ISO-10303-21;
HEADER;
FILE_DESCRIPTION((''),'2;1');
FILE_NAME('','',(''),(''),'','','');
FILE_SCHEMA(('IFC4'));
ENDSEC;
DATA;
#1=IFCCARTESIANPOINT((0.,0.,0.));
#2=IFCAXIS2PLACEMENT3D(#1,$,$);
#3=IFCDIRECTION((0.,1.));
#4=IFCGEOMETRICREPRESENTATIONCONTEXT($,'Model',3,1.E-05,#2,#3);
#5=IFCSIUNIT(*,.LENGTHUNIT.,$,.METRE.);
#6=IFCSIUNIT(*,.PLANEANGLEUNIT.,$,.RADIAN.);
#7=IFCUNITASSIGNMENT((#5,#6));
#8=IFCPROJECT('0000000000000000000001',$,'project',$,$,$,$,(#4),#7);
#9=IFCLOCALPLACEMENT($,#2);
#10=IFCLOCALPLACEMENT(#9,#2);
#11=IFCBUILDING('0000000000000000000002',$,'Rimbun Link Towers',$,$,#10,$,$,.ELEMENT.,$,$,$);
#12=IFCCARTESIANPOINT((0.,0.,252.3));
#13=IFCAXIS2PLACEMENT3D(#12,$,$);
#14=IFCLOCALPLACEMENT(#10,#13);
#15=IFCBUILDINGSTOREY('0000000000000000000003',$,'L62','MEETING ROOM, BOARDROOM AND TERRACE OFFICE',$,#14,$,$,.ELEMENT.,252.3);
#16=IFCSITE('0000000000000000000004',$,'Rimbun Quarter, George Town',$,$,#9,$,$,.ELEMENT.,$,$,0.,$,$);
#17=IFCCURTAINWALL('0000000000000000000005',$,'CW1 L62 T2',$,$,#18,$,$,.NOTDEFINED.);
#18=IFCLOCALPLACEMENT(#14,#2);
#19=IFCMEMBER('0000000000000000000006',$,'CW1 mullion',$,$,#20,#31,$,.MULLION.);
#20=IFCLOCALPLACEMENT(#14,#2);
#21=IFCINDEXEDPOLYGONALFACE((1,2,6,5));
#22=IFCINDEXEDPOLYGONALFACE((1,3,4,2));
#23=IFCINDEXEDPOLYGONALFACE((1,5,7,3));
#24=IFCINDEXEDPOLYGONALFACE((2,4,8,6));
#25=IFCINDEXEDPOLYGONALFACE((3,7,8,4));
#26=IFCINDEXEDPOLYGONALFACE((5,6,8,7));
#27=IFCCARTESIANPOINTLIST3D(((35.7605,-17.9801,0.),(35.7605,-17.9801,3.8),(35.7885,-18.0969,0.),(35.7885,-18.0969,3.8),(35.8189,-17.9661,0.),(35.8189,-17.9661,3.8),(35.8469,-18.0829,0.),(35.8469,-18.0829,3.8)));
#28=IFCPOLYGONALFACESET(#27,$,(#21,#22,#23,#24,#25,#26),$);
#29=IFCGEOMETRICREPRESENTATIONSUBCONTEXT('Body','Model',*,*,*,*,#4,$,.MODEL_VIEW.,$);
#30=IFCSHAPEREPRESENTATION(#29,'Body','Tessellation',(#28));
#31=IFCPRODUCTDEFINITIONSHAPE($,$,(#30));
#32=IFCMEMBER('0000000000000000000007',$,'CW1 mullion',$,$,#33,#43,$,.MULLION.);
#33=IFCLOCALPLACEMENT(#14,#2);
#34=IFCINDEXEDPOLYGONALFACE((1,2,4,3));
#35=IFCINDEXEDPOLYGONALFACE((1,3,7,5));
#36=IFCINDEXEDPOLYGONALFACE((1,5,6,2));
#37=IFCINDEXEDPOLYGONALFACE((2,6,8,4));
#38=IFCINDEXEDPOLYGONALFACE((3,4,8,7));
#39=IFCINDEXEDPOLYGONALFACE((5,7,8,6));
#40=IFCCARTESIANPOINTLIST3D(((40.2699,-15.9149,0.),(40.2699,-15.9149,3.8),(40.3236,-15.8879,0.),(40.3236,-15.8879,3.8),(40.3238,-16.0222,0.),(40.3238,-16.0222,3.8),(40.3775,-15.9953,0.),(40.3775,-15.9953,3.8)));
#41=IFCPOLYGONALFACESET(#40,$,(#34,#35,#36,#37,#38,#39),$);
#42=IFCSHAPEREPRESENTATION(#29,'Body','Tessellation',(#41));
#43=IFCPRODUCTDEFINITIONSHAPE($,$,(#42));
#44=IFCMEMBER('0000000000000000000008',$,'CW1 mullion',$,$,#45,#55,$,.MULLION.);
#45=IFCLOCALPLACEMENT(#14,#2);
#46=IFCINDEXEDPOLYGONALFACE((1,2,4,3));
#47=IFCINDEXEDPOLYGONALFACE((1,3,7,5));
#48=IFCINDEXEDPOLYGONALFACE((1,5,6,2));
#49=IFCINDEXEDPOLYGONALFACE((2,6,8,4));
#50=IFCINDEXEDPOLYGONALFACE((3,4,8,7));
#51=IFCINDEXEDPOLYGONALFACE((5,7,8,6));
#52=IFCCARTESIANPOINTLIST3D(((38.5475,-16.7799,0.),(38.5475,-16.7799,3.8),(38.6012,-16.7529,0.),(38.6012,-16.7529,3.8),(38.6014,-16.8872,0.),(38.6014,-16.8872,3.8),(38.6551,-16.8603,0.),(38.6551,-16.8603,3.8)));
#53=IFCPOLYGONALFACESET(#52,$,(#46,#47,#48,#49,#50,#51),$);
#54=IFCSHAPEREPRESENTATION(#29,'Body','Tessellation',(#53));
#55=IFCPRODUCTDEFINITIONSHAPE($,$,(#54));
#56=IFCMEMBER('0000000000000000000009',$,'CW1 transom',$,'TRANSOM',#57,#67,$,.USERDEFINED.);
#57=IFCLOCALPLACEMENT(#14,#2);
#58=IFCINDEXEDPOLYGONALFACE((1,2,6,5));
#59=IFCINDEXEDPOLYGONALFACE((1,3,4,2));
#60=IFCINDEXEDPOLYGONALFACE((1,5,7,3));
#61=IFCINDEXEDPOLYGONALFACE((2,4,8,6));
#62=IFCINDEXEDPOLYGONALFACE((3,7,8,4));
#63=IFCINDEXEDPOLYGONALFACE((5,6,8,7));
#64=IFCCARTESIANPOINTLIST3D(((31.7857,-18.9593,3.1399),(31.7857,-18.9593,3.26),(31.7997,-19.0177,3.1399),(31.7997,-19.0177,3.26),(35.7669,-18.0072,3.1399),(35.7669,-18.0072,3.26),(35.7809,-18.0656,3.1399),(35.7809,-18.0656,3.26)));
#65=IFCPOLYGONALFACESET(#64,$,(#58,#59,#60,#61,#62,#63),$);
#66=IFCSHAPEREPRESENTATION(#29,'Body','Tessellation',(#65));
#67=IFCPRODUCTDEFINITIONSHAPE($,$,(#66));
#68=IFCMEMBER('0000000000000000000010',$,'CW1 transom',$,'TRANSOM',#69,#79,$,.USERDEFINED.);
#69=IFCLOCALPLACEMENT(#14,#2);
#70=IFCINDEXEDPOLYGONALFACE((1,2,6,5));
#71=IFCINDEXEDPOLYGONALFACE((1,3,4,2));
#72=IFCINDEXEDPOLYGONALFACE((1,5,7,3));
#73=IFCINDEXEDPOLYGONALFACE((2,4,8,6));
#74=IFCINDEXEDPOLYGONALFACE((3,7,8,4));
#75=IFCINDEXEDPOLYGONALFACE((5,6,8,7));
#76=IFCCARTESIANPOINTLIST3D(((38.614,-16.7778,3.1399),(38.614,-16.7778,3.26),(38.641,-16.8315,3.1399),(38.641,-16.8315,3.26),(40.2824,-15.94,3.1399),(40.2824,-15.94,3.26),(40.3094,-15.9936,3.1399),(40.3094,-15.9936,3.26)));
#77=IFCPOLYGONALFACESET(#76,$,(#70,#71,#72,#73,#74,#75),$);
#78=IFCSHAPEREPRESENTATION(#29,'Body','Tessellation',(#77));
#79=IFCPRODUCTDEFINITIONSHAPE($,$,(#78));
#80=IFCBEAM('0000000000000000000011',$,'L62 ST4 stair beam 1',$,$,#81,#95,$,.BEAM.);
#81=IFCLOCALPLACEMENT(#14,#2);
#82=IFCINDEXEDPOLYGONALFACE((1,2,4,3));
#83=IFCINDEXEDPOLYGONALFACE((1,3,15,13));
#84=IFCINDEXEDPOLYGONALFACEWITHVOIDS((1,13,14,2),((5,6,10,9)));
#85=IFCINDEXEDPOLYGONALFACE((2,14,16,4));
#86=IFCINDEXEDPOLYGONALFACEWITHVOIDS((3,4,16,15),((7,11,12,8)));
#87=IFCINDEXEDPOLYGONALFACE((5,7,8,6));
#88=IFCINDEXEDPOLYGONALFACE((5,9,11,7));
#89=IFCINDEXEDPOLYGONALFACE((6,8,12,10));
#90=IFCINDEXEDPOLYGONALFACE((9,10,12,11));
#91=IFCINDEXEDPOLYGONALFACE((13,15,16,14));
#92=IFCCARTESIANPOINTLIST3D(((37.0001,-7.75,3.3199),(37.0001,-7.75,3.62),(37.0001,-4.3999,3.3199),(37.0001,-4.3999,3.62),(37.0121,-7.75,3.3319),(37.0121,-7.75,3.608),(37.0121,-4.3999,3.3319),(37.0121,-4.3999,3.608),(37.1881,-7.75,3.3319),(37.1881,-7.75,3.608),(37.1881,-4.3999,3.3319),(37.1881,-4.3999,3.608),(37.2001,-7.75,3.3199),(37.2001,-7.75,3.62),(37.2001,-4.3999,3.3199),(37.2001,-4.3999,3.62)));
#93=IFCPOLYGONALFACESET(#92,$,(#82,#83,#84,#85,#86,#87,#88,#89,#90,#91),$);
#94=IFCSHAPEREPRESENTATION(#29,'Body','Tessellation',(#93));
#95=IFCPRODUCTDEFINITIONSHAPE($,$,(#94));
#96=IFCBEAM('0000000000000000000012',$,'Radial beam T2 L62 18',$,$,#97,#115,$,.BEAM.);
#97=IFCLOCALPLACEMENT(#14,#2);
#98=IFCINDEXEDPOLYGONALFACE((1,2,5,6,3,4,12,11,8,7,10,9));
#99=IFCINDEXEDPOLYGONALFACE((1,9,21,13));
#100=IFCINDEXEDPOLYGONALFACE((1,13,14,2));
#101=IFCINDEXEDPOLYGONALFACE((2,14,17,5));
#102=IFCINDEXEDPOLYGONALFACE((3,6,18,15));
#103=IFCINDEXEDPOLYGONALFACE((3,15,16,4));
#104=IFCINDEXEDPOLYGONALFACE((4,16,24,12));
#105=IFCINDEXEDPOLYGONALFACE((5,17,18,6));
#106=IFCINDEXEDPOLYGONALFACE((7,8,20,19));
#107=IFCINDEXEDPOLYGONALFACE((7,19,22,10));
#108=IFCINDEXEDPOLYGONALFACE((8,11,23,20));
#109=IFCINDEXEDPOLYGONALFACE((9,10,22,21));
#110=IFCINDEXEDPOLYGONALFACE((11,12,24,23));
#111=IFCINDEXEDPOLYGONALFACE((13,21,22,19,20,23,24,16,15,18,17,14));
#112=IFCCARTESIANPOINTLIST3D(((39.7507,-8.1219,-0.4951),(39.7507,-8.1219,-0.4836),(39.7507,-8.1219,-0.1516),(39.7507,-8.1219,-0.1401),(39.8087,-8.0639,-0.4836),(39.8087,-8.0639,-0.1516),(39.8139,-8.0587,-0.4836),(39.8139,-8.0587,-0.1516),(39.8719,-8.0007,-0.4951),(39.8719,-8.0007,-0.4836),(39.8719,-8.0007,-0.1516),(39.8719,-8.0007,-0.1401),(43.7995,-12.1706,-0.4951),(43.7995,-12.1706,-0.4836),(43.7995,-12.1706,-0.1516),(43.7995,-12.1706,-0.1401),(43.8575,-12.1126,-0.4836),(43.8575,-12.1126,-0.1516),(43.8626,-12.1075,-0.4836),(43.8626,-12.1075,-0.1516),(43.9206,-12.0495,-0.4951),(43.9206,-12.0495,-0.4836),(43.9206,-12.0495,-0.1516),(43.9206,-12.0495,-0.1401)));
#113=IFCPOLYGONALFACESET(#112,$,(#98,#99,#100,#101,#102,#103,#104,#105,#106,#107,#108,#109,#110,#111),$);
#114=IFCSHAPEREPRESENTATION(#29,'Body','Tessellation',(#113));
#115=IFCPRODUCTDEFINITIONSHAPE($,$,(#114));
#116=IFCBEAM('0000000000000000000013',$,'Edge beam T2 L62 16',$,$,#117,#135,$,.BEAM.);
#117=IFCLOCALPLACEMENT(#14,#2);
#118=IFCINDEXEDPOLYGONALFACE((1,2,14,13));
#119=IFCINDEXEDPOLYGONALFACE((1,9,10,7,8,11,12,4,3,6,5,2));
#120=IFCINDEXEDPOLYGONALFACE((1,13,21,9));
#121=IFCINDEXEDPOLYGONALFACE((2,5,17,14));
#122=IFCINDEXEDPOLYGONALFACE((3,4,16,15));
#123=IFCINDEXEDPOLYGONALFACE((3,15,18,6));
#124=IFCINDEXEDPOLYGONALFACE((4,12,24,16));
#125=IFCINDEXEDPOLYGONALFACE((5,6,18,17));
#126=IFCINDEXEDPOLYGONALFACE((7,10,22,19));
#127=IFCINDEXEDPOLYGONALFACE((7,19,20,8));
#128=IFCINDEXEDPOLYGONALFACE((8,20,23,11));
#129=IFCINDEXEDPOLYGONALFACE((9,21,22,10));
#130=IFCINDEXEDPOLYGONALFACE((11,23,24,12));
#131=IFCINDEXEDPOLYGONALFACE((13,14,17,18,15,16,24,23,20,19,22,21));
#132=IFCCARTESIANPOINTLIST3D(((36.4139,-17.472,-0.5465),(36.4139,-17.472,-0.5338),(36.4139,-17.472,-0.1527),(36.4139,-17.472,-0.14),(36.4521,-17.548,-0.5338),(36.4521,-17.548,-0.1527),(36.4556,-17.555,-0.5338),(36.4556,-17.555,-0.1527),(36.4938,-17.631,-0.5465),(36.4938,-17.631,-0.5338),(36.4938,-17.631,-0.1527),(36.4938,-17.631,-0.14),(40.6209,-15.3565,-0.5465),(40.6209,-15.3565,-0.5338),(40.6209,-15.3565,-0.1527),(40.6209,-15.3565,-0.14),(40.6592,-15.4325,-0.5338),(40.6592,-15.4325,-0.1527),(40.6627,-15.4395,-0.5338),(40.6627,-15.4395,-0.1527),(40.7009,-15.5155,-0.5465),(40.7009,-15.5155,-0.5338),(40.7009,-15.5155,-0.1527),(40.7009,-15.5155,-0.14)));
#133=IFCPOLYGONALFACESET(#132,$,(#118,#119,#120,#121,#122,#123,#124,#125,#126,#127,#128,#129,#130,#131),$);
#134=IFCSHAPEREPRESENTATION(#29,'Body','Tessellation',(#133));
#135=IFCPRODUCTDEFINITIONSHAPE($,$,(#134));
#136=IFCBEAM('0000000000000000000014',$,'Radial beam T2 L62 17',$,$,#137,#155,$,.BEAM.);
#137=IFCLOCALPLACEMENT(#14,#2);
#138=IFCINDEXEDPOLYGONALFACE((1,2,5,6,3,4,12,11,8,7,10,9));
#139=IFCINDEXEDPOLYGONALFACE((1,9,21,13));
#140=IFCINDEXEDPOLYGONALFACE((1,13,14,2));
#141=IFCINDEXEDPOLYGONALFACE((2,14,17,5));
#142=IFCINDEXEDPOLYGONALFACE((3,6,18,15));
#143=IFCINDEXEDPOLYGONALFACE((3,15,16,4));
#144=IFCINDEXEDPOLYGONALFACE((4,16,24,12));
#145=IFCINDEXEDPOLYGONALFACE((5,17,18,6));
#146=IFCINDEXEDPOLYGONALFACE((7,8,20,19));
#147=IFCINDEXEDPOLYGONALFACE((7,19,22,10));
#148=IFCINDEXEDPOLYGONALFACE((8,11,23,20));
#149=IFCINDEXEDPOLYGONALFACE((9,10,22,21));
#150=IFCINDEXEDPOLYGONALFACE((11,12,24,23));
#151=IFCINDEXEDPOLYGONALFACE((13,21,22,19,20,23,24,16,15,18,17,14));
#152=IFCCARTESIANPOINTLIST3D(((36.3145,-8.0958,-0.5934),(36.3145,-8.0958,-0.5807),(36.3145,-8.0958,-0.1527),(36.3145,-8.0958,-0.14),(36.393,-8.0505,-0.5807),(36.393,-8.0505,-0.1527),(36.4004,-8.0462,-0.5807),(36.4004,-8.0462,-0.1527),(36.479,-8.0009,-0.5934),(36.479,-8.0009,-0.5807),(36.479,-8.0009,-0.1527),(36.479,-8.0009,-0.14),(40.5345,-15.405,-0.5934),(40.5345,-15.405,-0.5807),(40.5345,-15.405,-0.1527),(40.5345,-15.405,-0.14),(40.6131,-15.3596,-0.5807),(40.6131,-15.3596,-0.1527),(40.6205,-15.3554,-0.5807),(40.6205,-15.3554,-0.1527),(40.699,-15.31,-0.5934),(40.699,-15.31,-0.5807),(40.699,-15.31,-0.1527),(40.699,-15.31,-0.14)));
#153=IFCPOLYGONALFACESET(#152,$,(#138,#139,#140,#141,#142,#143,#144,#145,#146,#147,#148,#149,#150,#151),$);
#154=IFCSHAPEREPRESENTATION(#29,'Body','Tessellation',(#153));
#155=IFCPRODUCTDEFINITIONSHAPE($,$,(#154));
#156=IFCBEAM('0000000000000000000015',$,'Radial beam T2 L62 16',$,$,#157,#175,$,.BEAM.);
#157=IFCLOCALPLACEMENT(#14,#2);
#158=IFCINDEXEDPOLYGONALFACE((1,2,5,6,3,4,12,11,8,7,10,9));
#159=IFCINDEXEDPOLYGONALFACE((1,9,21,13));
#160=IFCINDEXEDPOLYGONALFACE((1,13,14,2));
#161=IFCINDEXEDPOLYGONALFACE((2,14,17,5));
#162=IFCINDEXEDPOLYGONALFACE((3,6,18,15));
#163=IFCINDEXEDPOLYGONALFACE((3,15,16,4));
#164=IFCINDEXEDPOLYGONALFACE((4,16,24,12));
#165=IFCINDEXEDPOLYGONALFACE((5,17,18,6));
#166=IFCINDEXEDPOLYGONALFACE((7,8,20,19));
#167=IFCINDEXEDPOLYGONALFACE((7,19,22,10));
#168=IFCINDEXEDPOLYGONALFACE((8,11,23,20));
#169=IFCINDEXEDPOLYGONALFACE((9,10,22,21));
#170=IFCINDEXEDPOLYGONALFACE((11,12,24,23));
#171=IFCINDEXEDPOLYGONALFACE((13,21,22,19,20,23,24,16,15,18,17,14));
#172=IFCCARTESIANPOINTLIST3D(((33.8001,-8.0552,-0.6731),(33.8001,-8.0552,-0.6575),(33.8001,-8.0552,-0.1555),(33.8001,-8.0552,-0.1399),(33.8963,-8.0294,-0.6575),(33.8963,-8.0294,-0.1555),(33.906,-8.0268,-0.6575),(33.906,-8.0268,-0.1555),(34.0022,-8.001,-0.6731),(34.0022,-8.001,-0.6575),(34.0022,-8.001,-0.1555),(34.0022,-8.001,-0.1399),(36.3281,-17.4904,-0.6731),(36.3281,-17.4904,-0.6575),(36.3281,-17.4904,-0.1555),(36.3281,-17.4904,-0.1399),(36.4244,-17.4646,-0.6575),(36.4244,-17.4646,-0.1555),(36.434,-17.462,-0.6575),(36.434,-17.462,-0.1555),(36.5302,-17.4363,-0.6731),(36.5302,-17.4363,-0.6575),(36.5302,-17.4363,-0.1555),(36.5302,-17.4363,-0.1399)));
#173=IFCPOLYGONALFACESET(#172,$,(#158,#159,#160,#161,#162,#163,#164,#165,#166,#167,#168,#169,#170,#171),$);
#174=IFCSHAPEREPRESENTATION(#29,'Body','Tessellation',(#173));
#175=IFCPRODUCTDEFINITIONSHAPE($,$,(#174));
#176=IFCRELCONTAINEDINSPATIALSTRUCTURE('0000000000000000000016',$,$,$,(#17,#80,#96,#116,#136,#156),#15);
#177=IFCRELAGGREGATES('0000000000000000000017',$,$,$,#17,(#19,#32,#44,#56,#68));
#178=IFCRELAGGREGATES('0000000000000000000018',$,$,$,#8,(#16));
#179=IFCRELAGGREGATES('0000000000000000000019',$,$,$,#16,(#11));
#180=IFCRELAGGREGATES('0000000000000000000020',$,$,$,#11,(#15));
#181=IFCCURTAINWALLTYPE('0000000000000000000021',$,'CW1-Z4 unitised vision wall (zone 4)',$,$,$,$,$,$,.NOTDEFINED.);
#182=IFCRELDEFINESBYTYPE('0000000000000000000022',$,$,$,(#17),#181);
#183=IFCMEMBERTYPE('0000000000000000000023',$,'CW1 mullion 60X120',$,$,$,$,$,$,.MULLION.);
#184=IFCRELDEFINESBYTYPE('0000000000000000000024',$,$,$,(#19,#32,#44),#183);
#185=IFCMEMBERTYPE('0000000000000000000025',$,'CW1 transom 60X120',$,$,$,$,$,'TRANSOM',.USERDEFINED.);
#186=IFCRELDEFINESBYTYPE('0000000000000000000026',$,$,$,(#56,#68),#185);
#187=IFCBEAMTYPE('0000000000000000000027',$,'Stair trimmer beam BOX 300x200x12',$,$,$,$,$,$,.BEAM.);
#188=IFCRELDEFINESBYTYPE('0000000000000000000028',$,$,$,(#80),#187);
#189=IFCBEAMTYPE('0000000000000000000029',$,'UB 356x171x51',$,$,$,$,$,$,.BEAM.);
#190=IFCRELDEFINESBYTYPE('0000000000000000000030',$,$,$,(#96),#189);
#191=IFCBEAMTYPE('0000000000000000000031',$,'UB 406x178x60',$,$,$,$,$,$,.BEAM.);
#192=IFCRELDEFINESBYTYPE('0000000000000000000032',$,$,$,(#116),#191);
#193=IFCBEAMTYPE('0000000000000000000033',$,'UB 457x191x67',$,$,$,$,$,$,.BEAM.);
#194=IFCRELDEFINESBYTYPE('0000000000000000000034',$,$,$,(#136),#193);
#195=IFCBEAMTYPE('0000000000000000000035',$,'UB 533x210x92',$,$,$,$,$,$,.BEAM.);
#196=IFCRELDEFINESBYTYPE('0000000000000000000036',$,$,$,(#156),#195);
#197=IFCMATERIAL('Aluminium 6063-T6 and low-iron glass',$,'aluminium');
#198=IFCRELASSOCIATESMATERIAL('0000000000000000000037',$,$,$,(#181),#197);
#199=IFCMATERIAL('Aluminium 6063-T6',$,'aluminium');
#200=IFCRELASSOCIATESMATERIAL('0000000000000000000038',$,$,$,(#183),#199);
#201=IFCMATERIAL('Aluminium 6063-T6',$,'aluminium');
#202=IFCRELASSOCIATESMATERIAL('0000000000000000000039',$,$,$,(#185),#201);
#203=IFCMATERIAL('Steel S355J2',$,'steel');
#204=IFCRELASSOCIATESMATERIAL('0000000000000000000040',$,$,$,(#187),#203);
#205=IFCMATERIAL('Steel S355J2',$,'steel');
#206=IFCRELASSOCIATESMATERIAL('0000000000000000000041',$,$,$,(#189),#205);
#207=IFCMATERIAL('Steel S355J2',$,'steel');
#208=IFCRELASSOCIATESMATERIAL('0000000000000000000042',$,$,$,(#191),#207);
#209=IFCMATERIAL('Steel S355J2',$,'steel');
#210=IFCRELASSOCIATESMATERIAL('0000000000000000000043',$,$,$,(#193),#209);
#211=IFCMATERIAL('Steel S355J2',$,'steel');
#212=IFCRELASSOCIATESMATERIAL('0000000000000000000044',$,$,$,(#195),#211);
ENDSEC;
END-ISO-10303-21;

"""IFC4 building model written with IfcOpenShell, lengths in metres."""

from ifc_helpers import new_model, si_unit, direction, frame, origin, origin_2d, place, context, subcontext, project, spatial, rectangle, hollow_rectangle, i_section, extrude, material, material_profile, profile_set, type_object, element, aggregate, save


model = new_model("IFC4")

# Units and contexts
model_context = context("Model", 3, precision=1e-05, world=origin(), true_north=direction((0.0, 1.0)))
body_context = subcontext(model_context, "Body", "Model", "MODEL_VIEW")
ifc_project = project(units=[si_unit("LENGTHUNIT", "METRE"), si_unit("PLANEANGLEUNIT", "RADIAN")], contexts=[model_context])

# Site, building, storey
site_placement = place(None, origin())
site = spatial("IfcSite", under=ifc_project, at=site_placement, Name="Rimbun Quarter, George Town", CompositionType="ELEMENT", RefElevation=0.0)
building_placement = place(site_placement, origin())
building = spatial("IfcBuilding", under=site, at=building_placement, Name="Rimbun Link Towers", CompositionType="ELEMENT")
storey_placement = place(building_placement, frame((0.0, 0.0, 252.3)))
storey = spatial("IfcBuildingStorey", under=building, at=storey_placement, Name="L62", Description="MEETING ROOM, BOARDROOM AND TERRACE OFFICE", CompositionType="ELEMENT", Elevation=252.3)

# Curtain wall, members
ifc_material_1 = material(Name="Aluminium 6063-T6 and low-iron glass", Category="aluminium")
curtain_wall_type = type_object("IfcCurtainWallType", Name="CW1-Z4 unitised vision wall (zone 4)", PredefinedType="NOTDEFINED", material=ifc_material_1)
curtain_wall_placement = place(storey_placement, origin())
curtain_wall = element("IfcCurtainWall", 1, at=curtain_wall_placement, inside=storey, type_object=curtain_wall_type, Name="CW1 L62 T2", PredefinedType="NOTDEFINED")
ifc_material_2 = material(Name="Aluminium 6063-T6", Category="aluminium")
ifc_material_profile_1 = material_profile(ifc_material_2, rectangle(XDim=0.1201, YDim=0.0601, at=origin_2d()), Name="MULLION 60X120")
ifc_profile_set_1 = profile_set([ifc_material_profile_1], Name="Aluminium 6063-T6")
member_type_1 = type_object("IfcMemberType", Name="CW1 mullion 60X120", PredefinedType="MULLION", material=ifc_profile_set_1)
member_1_placement = place(storey_placement, frame((35.8037, -18.0315, 0.0), z_axis=(0.0, 0.0, 1.0), x_axis=(0.232605, -0.972571, 0.0)))
member_1 = element("IfcMember", 2, at=member_1_placement, type_object=member_type_1, Name="CW1 mullion", PredefinedType="MULLION", context=body_context, shape_type="SweptSolid", body=[
    extrude(rectangle(XDim=0.1201, YDim=0.0601, at=origin_2d()), origin(), (0.0, 0.0, 1.0), 3.8),
])
member_2_placement = place(storey_placement, frame((40.3237, -15.9551, 0.0), z_axis=(0.0, 0.0, 1.0), x_axis=(0.44877, -0.893647, 0.0)))
member_2 = element("IfcMember", 3, at=member_2_placement, type_object=member_type_1, Name="CW1 mullion", PredefinedType="MULLION", context=body_context, shape_type="SweptSolid", body=[
    extrude(rectangle(XDim=0.1201, YDim=0.0601, at=origin_2d()), origin(), (0.0, 0.0, 1.0), 3.8),
])
member_3_placement = place(storey_placement, frame((38.6013, -16.8201, 0.0), z_axis=(0.0, 0.0, 1.0), x_axis=(0.44877, -0.893647, 0.0)))
member_3 = element("IfcMember", 4, at=member_3_placement, type_object=member_type_1, Name="CW1 mullion", PredefinedType="MULLION", context=body_context, shape_type="SweptSolid", body=[
    extrude(rectangle(XDim=0.1201, YDim=0.0601, at=origin_2d()), origin(), (0.0, 0.0, 1.0), 3.8),
])
ifc_material_3 = material(Name="Aluminium 6063-T6", Category="aluminium")
ifc_material_profile_2 = material_profile(ifc_material_3, rectangle(XDim=0.0601, YDim=0.1201, at=origin_2d()), Name="TRANSOM 60X120")
ifc_profile_set_2 = profile_set([ifc_material_profile_2], Name="Aluminium 6063-T6")
member_type_2 = type_object("IfcMemberType", Name="CW1 transom 60X120", ElementType="TRANSOM", PredefinedType="USERDEFINED", material=ifc_profile_set_2)
member_4_placement = place(storey_placement, frame((35.7739, -18.0364, 3.2), z_axis=(-0.972572, -0.232601, 0.0), x_axis=(0.232601, -0.972572, 0.0)))
member_4 = element("IfcMember", 5, at=member_4_placement, type_object=member_type_2, Name="CW1 transom", ObjectType="TRANSOM", PredefinedType="USERDEFINED", context=body_context, shape_type="SweptSolid", body=[
    extrude(rectangle(XDim=0.0601, YDim=0.1201, at=origin_2d()), origin(), (0.0, 0.0, 1.0), 4.0935),
])
member_5_placement = place(storey_placement, frame((40.2959, -15.9668, 3.2), z_axis=(-0.893641, -0.448782, 0.0), x_axis=(0.448782, -0.893641, 0.0)))
member_5 = element("IfcMember", 6, at=member_5_placement, type_object=member_type_2, Name="CW1 transom", ObjectType="TRANSOM", PredefinedType="USERDEFINED", context=body_context, shape_type="SweptSolid", body=[
    extrude(rectangle(XDim=0.0601, YDim=0.1201, at=origin_2d()), origin(), (0.0, 0.0, 1.0), 1.8669),
])

# Beams
ifc_material_4 = material(Name="Steel S355J2", Category="steel")
ifc_material_profile_3 = material_profile(ifc_material_4, hollow_rectangle(XDim=0.2, YDim=0.3, WallThickness=0.012, at=origin_2d()), Name="BOX 300x200x12")
ifc_profile_set_3 = profile_set([ifc_material_profile_3], Name="Steel S355J2")
beam_type_1 = type_object("IfcBeamType", Name="Stair trimmer beam BOX 300x200x12", PredefinedType="BEAM", material=ifc_profile_set_3)
beam_1_placement = place(storey_placement, frame((37.1001, -7.75, 3.47), z_axis=(0.0, 1.0, 0.0), x_axis=(-1.0, 0.0, 0.0)))
element("IfcBeam", 7, at=beam_1_placement, inside=storey, type_object=beam_type_1, Name="L62 ST4 stair beam 1", PredefinedType="BEAM", context=body_context, shape_type="SweptSolid", body=[
    extrude(hollow_rectangle(XDim=0.2, YDim=0.3, WallThickness=0.012, at=origin_2d()), origin(), (0.0, 0.0, 1.0), 3.3501),
])
ifc_material_5 = material(Name="Steel S355J2", Category="steel")
ifc_material_profile_4 = material_profile(ifc_material_5, i_section(OverallWidth=0.1714, OverallDepth=0.355, WebThickness=0.0073, FlangeThickness=0.0115, at=origin_2d()), Name="UB 356x171x51")
ifc_profile_set_4 = profile_set([ifc_material_profile_4], Name="Steel S355J2")
beam_type_2 = type_object("IfcBeamType", Name="UB 356x171x51", PredefinedType="BEAM", material=ifc_profile_set_4)
beam_2_placement = place(storey_placement, frame((39.8113, -8.0613, -0.3176), z_axis=(0.707107, -0.707107, 0.0), x_axis=(0.707107, 0.707107, 0.0)))
element("IfcBeam", 8, at=beam_2_placement, inside=storey, type_object=beam_type_2, Name="Radial beam T2 L62 18", PredefinedType="BEAM", context=body_context, shape_type="SweptSolid", body=[
    extrude(i_section(OverallWidth=0.1714, OverallDepth=0.355, WebThickness=0.0073, FlangeThickness=0.0115, at=origin_2d()), origin(), (0.0, 0.0, 1.0), 5.7258),
])
ifc_material_6 = material(Name="Steel S355J2", Category="steel")
ifc_material_profile_5 = material_profile(ifc_material_6, i_section(OverallWidth=0.178, OverallDepth=0.4065, WebThickness=0.0078, FlangeThickness=0.0127, at=origin_2d()), Name="UB 406x178x60")
ifc_profile_set_5 = profile_set([ifc_material_profile_5], Name="Steel S355J2")
beam_type_3 = type_object("IfcBeamType", Name="UB 406x178x60", PredefinedType="BEAM", material=ifc_profile_set_5)
beam_3_placement = place(storey_placement, frame((36.4539, -17.5515, -0.3433), z_axis=(0.893409, 0.449245, 0.0), x_axis=(-0.449245, 0.893409, 0.0)))
element("IfcBeam", 9, at=beam_3_placement, inside=storey, type_object=beam_type_3, Name="Edge beam T2 L62 16", PredefinedType="BEAM", context=body_context, shape_type="SweptSolid", body=[
    extrude(i_section(OverallWidth=0.178, OverallDepth=0.4065, WebThickness=0.0078, FlangeThickness=0.0127, at=origin_2d()), origin(), (0.0, 0.0, 1.0), 4.709),
])
ifc_material_7 = material(Name="Steel S355J2", Category="steel")
ifc_material_profile_6 = material_profile(ifc_material_7, i_section(OverallWidth=0.1899, OverallDepth=0.4534, WebThickness=0.0085, FlangeThickness=0.0127, at=origin_2d()), Name="UB 457x191x67")
ifc_profile_set_6 = profile_set([ifc_material_profile_6], Name="Steel S355J2")
beam_type_4 = type_object("IfcBeamType", Name="UB 457x191x67", PredefinedType="BEAM", material=ifc_profile_set_6)
beam_4_placement = place(storey_placement, frame((36.3967, -8.0483, -0.3667), z_axis=(0.500006, -0.866022, 0.0), x_axis=(0.866022, 0.500006, 0.0)))
element("IfcBeam", 10, at=beam_4_placement, inside=storey, type_object=beam_type_4, Name="Radial beam T2 L62 17", PredefinedType="BEAM", context=body_context, shape_type="SweptSolid", body=[
    extrude(i_section(OverallWidth=0.1899, OverallDepth=0.4534, WebThickness=0.0085, FlangeThickness=0.0127, at=origin_2d()), origin(), (0.0, 0.0, 1.0), 8.4399),
])
ifc_material_8 = material(Name="Steel S355J2", Category="steel")
ifc_material_profile_7 = material_profile(ifc_material_8, i_section(OverallWidth=0.2092, OverallDepth=0.5332, WebThickness=0.01, FlangeThickness=0.0156, at=origin_2d()), Name="UB 533x210x92")
ifc_profile_set_7 = profile_set([ifc_material_profile_7], Name="Steel S355J2")
beam_type_5 = type_object("IfcBeamType", Name="UB 533x210x92", PredefinedType="BEAM", material=ifc_profile_set_7)
beam_5_placement = place(storey_placement, frame((33.9011, -8.0281, -0.4065), z_axis=(0.258809, -0.965929, 0.0), x_axis=(0.965929, 0.258809, 0.0)))
element("IfcBeam", 11, at=beam_5_placement, inside=storey, type_object=beam_type_5, Name="Radial beam T2 L62 16", PredefinedType="BEAM", context=body_context, shape_type="SweptSolid", body=[
    extrude(i_section(OverallWidth=0.2092, OverallDepth=0.5332, WebThickness=0.01, FlangeThickness=0.0156, at=origin_2d()), origin(), (0.0, 0.0, 1.0), 9.7681),
])

aggregate(curtain_wall, [member_1, member_2, member_3, member_4, member_5])

save(model, "model.ifc")
